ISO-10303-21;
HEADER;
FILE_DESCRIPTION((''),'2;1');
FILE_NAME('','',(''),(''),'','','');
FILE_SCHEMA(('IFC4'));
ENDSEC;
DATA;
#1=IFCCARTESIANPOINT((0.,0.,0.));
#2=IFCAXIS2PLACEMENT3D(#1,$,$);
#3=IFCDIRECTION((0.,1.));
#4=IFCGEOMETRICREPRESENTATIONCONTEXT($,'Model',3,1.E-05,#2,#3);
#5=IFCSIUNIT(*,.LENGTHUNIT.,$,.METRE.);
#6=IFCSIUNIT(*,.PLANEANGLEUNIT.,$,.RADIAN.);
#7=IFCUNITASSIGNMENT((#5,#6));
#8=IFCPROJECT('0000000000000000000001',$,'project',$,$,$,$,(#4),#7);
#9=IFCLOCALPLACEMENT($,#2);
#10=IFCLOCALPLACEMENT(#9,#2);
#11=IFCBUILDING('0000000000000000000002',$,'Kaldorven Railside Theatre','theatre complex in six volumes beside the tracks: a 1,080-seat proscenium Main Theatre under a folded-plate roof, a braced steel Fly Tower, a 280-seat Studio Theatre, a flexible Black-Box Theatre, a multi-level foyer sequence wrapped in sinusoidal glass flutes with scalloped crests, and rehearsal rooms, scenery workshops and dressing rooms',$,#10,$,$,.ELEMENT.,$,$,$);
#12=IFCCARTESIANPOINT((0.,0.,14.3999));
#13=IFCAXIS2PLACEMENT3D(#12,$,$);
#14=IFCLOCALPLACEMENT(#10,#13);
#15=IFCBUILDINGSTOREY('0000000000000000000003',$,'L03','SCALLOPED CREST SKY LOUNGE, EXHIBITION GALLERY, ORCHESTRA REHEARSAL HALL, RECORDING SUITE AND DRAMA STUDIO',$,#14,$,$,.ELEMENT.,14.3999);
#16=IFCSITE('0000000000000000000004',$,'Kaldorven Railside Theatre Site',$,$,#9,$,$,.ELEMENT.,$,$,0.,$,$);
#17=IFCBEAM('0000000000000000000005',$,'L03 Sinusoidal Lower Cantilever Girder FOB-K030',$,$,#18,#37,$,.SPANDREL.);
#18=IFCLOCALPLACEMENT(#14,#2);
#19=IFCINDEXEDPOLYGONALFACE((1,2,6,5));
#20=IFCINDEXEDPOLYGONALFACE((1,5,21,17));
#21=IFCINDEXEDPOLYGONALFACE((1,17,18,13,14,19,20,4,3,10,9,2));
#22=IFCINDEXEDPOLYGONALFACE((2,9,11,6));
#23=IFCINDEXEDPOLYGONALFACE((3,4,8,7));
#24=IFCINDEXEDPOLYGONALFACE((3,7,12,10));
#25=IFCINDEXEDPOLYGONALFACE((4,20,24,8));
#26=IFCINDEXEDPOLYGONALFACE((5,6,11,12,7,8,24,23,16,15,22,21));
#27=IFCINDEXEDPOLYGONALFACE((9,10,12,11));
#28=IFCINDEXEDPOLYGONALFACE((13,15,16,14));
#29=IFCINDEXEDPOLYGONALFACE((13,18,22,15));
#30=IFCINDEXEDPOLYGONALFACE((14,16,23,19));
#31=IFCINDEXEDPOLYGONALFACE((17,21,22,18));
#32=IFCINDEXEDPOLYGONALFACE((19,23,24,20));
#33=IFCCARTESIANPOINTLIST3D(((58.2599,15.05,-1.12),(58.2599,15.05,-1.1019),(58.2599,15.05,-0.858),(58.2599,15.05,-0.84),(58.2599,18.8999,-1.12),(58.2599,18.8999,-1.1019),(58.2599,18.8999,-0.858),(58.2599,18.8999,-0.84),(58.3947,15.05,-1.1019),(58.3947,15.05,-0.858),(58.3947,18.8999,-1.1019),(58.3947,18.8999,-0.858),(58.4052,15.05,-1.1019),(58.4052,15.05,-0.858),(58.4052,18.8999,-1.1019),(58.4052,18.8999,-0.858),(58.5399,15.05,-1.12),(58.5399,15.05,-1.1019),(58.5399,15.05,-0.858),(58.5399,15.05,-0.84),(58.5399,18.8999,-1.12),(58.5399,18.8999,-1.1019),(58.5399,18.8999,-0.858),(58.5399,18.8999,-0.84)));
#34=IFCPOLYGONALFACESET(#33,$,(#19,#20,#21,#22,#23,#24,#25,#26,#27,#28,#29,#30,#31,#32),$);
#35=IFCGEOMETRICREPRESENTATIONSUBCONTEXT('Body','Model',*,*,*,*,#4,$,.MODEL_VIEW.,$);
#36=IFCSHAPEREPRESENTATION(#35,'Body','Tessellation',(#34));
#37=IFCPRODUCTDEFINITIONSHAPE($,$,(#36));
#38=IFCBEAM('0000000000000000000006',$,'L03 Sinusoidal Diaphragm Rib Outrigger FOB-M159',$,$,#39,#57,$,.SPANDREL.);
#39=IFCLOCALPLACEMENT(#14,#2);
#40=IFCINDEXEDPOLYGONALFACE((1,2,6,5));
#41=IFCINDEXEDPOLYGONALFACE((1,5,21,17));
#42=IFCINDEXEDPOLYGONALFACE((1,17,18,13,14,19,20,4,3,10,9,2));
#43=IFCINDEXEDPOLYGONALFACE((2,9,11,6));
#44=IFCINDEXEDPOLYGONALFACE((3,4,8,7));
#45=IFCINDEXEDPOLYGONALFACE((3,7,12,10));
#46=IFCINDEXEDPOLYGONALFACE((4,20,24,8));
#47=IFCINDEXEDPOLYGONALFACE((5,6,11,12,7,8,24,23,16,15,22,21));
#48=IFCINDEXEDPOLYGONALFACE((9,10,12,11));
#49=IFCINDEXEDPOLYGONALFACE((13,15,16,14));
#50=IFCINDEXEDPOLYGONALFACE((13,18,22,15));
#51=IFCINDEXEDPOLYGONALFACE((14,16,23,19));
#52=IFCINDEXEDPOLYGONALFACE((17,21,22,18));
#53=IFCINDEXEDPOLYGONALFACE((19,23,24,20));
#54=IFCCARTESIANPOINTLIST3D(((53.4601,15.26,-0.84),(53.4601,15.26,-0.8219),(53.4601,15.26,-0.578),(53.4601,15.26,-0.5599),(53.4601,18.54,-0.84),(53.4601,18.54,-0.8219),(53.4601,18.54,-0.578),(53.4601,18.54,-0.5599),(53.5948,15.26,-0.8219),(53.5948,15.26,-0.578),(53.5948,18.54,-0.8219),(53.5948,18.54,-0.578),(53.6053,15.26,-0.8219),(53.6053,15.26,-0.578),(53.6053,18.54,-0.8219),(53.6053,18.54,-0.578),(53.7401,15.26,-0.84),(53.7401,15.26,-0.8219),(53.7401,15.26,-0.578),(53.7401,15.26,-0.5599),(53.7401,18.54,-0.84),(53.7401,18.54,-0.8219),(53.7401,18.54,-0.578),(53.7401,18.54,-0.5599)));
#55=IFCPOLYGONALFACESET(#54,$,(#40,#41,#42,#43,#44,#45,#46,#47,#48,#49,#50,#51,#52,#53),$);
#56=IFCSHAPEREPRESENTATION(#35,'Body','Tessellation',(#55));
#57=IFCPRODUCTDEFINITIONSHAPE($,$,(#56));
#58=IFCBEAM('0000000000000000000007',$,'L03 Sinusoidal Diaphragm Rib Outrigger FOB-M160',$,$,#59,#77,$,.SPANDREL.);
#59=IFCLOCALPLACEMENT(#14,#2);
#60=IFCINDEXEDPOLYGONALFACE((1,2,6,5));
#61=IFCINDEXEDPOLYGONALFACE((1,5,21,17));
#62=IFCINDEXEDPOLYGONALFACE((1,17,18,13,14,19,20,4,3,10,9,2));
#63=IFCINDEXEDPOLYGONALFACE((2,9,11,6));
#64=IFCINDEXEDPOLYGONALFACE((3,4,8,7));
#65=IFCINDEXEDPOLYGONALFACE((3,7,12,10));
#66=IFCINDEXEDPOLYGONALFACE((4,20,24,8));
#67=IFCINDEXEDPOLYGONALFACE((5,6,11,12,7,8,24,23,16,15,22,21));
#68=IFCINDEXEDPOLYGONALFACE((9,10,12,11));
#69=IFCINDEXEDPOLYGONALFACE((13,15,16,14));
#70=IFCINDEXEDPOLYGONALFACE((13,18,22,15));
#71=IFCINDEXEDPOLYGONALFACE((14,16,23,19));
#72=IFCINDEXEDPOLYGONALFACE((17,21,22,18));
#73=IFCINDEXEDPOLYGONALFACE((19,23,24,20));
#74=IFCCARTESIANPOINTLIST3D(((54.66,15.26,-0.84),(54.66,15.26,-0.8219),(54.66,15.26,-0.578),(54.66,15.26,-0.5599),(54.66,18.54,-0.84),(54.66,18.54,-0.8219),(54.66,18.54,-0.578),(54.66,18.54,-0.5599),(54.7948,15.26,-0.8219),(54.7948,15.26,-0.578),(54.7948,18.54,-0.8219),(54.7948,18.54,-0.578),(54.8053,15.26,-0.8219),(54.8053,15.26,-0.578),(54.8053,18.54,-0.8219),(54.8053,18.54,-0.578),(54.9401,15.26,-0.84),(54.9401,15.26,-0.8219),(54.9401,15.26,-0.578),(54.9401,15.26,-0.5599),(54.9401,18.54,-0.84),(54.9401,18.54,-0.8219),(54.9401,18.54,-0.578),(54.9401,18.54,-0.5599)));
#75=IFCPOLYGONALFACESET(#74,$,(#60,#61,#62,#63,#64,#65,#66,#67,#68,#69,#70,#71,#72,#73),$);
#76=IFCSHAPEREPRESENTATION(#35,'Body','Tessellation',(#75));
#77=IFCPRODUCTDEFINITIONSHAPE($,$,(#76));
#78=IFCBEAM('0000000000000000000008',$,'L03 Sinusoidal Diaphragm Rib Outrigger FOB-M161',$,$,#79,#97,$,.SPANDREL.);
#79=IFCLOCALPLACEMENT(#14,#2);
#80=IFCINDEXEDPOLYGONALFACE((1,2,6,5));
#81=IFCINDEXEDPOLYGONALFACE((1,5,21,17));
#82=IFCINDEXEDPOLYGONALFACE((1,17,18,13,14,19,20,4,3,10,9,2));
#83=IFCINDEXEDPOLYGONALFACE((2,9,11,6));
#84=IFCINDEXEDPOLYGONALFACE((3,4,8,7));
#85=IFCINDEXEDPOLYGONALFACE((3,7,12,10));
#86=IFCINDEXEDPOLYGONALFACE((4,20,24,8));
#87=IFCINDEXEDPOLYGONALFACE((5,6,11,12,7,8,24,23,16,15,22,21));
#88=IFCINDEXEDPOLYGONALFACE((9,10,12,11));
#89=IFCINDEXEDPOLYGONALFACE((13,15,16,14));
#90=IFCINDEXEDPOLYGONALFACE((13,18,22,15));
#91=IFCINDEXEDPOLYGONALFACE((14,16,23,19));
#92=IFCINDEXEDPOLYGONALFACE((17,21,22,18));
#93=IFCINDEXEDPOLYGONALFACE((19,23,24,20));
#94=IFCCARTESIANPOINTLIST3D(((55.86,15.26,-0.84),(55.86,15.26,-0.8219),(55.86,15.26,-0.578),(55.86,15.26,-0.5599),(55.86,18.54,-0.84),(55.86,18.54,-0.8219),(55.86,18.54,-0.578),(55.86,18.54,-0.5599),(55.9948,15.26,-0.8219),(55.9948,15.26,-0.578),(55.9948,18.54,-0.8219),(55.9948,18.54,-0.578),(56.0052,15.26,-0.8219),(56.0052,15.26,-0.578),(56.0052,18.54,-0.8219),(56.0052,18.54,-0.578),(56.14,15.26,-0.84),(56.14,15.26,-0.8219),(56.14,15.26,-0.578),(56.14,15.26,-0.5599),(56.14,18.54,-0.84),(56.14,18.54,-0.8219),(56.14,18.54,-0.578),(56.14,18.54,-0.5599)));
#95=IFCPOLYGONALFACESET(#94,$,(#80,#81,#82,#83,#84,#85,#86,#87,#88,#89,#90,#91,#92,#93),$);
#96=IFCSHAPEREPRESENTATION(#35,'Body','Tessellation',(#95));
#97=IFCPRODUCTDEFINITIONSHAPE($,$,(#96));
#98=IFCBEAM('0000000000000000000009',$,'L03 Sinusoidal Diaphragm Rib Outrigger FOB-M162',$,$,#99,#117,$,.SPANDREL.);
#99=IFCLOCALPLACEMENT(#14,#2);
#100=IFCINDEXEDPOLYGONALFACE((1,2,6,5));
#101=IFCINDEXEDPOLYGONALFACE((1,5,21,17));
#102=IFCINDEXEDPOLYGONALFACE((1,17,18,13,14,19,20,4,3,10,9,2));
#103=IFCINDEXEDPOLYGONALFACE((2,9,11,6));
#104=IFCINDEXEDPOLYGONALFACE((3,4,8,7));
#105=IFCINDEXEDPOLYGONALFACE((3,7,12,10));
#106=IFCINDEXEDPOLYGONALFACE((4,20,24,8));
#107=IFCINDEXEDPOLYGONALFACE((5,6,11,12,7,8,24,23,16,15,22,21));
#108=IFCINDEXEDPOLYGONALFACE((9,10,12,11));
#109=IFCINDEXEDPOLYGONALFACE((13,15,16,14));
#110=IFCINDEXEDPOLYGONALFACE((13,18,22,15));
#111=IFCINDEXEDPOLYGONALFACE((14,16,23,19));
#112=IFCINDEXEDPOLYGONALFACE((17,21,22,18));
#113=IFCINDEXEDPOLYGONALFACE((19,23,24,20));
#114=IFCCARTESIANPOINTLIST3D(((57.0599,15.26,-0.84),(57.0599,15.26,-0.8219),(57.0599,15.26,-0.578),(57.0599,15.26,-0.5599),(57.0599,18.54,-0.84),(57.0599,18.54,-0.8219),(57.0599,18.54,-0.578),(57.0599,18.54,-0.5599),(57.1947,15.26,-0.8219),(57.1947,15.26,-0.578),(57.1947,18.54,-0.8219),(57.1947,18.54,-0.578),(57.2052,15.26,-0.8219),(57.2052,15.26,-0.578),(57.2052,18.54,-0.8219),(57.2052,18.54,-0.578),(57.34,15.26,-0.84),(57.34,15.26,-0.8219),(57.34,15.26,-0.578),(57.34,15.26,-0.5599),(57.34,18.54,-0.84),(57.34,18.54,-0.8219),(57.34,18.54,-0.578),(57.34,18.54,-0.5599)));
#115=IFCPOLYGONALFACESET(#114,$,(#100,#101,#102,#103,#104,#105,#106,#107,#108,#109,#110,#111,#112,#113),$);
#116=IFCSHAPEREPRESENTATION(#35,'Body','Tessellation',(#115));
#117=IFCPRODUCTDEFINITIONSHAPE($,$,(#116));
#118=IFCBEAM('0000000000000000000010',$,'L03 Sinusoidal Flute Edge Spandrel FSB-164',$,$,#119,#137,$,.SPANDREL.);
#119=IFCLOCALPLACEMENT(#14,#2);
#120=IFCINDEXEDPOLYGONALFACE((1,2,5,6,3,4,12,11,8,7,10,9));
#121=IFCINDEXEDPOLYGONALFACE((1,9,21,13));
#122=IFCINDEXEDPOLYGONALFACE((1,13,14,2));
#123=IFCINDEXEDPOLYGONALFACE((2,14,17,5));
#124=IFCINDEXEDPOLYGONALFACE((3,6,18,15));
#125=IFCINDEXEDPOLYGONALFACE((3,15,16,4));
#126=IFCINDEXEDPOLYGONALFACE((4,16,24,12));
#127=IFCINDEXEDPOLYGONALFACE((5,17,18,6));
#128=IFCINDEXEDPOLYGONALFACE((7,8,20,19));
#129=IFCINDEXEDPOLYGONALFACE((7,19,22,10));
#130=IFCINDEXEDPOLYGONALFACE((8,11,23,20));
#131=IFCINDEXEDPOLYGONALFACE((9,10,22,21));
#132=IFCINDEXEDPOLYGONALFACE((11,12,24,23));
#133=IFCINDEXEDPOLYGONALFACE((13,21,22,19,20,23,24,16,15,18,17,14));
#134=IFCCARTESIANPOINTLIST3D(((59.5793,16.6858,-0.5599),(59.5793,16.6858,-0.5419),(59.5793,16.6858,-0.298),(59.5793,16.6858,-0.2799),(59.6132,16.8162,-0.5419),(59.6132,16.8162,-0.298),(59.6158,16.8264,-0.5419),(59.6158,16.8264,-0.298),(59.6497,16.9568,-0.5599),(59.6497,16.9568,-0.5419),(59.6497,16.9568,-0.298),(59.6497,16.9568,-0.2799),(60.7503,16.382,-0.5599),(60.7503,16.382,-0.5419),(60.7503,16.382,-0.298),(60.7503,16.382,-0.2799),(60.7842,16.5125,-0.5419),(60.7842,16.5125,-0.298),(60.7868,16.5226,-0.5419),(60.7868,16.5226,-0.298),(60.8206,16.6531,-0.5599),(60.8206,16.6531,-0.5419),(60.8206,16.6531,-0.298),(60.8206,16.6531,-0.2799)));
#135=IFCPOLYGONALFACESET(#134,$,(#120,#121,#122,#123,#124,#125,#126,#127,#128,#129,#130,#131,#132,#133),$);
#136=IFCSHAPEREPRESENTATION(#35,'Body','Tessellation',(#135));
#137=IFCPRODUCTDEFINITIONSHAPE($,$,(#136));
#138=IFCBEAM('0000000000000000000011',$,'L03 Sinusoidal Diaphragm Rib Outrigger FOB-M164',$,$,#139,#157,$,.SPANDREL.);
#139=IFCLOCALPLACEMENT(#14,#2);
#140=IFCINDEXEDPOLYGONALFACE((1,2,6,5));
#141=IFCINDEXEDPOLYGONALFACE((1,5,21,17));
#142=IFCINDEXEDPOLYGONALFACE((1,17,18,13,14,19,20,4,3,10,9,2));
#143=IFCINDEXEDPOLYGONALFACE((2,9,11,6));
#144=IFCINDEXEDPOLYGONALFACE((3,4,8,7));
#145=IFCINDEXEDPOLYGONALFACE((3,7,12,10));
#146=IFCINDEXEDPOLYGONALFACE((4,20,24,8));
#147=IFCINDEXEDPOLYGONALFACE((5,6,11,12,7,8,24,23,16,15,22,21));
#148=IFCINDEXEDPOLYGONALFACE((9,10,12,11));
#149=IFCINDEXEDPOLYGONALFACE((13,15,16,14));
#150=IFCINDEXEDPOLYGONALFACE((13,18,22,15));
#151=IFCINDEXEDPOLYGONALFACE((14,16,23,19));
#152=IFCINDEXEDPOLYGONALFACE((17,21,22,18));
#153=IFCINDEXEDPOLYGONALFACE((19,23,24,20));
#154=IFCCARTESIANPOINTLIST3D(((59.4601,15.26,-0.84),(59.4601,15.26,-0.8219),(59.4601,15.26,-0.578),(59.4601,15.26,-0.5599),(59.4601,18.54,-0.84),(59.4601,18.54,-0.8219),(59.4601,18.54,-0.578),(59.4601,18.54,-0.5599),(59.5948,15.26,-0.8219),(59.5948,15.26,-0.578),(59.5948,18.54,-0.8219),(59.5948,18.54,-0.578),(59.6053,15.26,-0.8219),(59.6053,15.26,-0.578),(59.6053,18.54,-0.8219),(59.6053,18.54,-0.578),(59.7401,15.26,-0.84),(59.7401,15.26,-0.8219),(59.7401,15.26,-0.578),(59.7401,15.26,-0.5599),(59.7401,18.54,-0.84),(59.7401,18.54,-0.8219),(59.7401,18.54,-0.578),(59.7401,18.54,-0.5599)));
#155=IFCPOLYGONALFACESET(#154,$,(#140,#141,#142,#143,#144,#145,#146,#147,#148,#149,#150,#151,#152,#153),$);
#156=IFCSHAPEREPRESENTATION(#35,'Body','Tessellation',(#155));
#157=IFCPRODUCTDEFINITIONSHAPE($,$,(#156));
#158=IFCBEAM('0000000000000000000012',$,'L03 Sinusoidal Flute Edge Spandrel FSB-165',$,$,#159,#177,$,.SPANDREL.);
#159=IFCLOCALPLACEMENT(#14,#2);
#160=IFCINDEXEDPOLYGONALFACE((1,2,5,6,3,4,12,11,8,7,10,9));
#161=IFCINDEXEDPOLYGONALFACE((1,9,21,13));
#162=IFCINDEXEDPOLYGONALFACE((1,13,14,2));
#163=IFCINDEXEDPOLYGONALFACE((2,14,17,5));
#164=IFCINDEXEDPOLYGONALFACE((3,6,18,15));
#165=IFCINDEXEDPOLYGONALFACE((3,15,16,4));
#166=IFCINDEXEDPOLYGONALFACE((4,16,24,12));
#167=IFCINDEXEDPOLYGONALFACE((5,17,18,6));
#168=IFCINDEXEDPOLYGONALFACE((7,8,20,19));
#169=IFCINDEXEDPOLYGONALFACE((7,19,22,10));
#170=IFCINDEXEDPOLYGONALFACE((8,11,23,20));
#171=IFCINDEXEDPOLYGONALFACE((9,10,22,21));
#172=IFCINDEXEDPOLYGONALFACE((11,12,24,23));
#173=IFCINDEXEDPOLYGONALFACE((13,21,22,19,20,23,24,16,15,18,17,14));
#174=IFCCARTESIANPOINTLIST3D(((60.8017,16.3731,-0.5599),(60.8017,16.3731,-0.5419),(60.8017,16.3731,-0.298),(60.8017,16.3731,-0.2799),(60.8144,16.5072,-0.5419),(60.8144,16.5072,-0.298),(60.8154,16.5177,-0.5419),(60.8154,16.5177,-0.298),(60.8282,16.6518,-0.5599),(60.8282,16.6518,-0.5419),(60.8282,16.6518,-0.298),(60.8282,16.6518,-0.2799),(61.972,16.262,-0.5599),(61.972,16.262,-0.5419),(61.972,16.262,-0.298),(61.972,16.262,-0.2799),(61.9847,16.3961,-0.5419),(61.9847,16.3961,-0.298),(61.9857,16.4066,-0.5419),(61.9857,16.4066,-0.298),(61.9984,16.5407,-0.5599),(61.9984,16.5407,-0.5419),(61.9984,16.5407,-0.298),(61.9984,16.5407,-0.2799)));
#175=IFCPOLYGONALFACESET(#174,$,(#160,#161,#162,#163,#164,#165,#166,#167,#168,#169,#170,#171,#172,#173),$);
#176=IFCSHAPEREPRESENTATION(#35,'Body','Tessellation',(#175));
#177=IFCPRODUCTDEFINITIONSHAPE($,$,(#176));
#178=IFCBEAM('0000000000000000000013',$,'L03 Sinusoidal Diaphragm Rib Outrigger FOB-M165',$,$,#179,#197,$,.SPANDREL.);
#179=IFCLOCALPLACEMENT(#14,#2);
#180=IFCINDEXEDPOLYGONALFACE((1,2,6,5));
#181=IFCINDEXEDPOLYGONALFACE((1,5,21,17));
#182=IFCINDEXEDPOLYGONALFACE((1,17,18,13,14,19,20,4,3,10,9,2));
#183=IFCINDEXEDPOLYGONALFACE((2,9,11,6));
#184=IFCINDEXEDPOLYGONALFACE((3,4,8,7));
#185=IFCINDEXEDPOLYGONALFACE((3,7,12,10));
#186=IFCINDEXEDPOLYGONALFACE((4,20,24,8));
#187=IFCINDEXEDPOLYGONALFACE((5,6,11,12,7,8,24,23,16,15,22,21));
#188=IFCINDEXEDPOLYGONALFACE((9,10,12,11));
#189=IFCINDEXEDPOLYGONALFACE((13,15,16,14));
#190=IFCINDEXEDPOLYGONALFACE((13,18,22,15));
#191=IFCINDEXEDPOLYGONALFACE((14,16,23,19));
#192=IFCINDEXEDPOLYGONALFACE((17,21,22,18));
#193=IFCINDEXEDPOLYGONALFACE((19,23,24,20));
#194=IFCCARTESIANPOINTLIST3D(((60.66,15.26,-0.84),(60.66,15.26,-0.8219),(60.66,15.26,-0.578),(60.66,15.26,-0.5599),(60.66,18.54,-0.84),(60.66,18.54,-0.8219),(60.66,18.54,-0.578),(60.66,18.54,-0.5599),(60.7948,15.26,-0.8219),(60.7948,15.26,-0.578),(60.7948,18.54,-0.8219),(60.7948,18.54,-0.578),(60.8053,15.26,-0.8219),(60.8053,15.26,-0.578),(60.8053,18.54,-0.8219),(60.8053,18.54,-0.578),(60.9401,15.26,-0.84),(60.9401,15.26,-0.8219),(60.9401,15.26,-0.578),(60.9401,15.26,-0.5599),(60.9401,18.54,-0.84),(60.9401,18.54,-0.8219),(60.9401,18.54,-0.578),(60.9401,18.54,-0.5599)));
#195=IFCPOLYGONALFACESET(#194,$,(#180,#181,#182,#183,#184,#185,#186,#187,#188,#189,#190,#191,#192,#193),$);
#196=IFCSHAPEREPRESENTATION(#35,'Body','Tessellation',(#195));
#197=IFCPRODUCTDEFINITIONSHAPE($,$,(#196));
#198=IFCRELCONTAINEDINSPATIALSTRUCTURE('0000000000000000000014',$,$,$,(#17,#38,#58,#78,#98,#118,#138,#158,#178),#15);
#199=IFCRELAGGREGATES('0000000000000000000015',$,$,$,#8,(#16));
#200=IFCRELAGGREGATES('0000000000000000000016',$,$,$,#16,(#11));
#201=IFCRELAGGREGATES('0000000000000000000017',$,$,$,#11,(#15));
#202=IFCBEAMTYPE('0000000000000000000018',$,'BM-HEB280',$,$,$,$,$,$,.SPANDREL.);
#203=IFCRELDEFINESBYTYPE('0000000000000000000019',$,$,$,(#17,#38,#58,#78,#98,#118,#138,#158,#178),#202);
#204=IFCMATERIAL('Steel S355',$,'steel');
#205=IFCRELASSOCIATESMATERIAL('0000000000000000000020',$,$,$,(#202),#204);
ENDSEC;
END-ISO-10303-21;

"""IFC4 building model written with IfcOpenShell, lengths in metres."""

from ifc_helpers import new_model, si_unit, direction, frame, origin, origin_2d, place, context, subcontext, project, spatial, i_section, extrude, material, material_profile, profile_set, type_object, element, save


model = new_model("IFC4")

# Units and contexts
model_context = context("Model", 3, precision=1e-05, world=origin(), true_north=direction((0.0, 1.0)))
body_context = subcontext(model_context, "Body", "Model", "MODEL_VIEW")
ifc_project = project(units=[si_unit("LENGTHUNIT", "METRE"), si_unit("PLANEANGLEUNIT", "RADIAN")], contexts=[model_context])

# Site, building, storey
site_placement = place(None, origin())
site = spatial("IfcSite", under=ifc_project, at=site_placement, Name="Kaldorven Railside Theatre Site", CompositionType="ELEMENT", RefElevation=0.0)
building_placement = place(site_placement, origin())
building = spatial("IfcBuilding", under=site, at=building_placement, Name="Kaldorven Railside Theatre", Description="theatre complex in six volumes beside the tracks: a 1,080-seat proscenium Main Theatre under a folded-plate roof, a braced steel Fly Tower, a 280-seat Studio Theatre, a flexible Black-Box Theatre, a multi-level foyer sequence wrapped in sinusoidal glass flutes with scalloped crests, and rehearsal rooms, scenery workshops and dressing rooms", CompositionType="ELEMENT")
storey_placement = place(building_placement, frame((0.0, 0.0, 14.3999)))
storey = spatial("IfcBuildingStorey", under=building, at=storey_placement, Name="L03", Description="SCALLOPED CREST SKY LOUNGE, EXHIBITION GALLERY, ORCHESTRA REHEARSAL HALL, RECORDING SUITE AND DRAMA STUDIO", CompositionType="ELEMENT", Elevation=14.3999)

# Beams
ifc_material_1 = material(Name="Steel S355", Category="steel")
ifc_material_profile_1 = material_profile(ifc_material_1, i_section(OverallWidth=0.28, OverallDepth=0.28, WebThickness=0.0105, FlangeThickness=0.0181, at=origin_2d()), Name="HEB 280")
ifc_profile_set_1 = profile_set([ifc_material_profile_1], Name="Steel S355")
beam_type = type_object("IfcBeamType", Name="BM-HEB280", PredefinedType="SPANDREL", material=ifc_profile_set_1)
beam_1_placement = place(storey_placement, frame((58.3999, 15.05, -0.98), z_axis=(0.0, 1.0, 0.0), x_axis=(-1.0, 0.0, 0.0)))
element("IfcBeam", 1, at=beam_1_placement, inside=storey, type_object=beam_type, Name="L03 Sinusoidal Lower Cantilever Girder FOB-K030", PredefinedType="SPANDREL", context=body_context, shape_type="SweptSolid", body=[
    extrude(i_section(OverallWidth=0.28, OverallDepth=0.28, WebThickness=0.0105, FlangeThickness=0.0181, at=origin_2d()), origin(), (0.0, 0.0, 1.0), 3.8499),
])
for number, where, z_axis, x_axis, name in (
    (2, (53.6001, 15.26, -0.7), (0.0, 1.0, 0.0), (-1.0, 0.0, 0.0), "L03 Sinusoidal Diaphragm Rib Outrigger FOB-M159"),
    (3, (54.8, 15.26, -0.7), (0.0, 1.0, 0.0), (-1.0, 0.0, 0.0), "L03 Sinusoidal Diaphragm Rib Outrigger FOB-M160"),
    (4, (56.0, 15.26, -0.7), (0.0, 1.0, 0.0), (-1.0, 0.0, 0.0), "L03 Sinusoidal Diaphragm Rib Outrigger FOB-M161"),
    (5, (57.2, 15.26, -0.7), (0.0, 1.0, 0.0), (-1.0, 0.0, 0.0), "L03 Sinusoidal Diaphragm Rib Outrigger FOB-M162"),
):
    element("IfcBeam", number, at=place(storey_placement, frame(where, z_axis=z_axis, x_axis=x_axis)), inside=storey, type_object=beam_type, Name=name, PredefinedType="SPANDREL", context=body_context, shape_type="SweptSolid", body=[
        extrude(i_section(OverallWidth=0.28, OverallDepth=0.28, WebThickness=0.0105, FlangeThickness=0.0181, at=origin_2d()), origin(), (0.0, 0.0, 1.0), 3.28),
    ])
beam_2_placement = place(storey_placement, frame((59.6145, 16.8213, -0.4199), z_axis=(0.967968, -0.251074, 0.0), x_axis=(0.251074, 0.967968, 0.0)))
element("IfcBeam", 6, at=beam_2_placement, inside=storey, type_object=beam_type, Name="L03 Sinusoidal Flute Edge Spandrel FSB-164", PredefinedType="SPANDREL", context=body_context, shape_type="SweptSolid", body=[
    extrude(i_section(OverallWidth=0.28, OverallDepth=0.28, WebThickness=0.0105, FlangeThickness=0.0181, at=origin_2d()), origin(), (0.0, 0.0, 1.0), 1.2097),
])
beam_3_placement = place(storey_placement, frame((59.6001, 15.26, -0.7), z_axis=(0.0, 1.0, 0.0), x_axis=(-1.0, 0.0, 0.0)))
element("IfcBeam", 7, at=beam_3_placement, inside=storey, type_object=beam_type, Name="L03 Sinusoidal Diaphragm Rib Outrigger FOB-M164", PredefinedType="SPANDREL", context=body_context, shape_type="SweptSolid", body=[
    extrude(i_section(OverallWidth=0.28, OverallDepth=0.28, WebThickness=0.0105, FlangeThickness=0.0181, at=origin_2d()), origin(), (0.0, 0.0, 1.0), 3.28),
])
beam_4_placement = place(storey_placement, frame((60.8149, 16.5125, -0.4199), z_axis=(0.995524, -0.094505, 0.0), x_axis=(0.094505, 0.995524, 0.0)))
element("IfcBeam", 8, at=beam_4_placement, inside=storey, type_object=beam_type, Name="L03 Sinusoidal Flute Edge Spandrel FSB-165", PredefinedType="SPANDREL", context=body_context, shape_type="SweptSolid", body=[
    extrude(i_section(OverallWidth=0.28, OverallDepth=0.28, WebThickness=0.0105, FlangeThickness=0.0181, at=origin_2d()), origin(), (0.0, 0.0, 1.0), 1.1755),
])
beam_5_placement = place(storey_placement, frame((60.8, 15.26, -0.7), z_axis=(0.0, 1.0, 0.0), x_axis=(-1.0, 0.0, 0.0)))
element("IfcBeam", 9, at=beam_5_placement, inside=storey, type_object=beam_type, Name="L03 Sinusoidal Diaphragm Rib Outrigger FOB-M165", PredefinedType="SPANDREL", context=body_context, shape_type="SweptSolid", body=[
    extrude(i_section(OverallWidth=0.28, OverallDepth=0.28, WebThickness=0.0105, FlangeThickness=0.0181, at=origin_2d()), origin(), (0.0, 0.0, 1.0), 3.28),
])

save(model, "model.ifc")
